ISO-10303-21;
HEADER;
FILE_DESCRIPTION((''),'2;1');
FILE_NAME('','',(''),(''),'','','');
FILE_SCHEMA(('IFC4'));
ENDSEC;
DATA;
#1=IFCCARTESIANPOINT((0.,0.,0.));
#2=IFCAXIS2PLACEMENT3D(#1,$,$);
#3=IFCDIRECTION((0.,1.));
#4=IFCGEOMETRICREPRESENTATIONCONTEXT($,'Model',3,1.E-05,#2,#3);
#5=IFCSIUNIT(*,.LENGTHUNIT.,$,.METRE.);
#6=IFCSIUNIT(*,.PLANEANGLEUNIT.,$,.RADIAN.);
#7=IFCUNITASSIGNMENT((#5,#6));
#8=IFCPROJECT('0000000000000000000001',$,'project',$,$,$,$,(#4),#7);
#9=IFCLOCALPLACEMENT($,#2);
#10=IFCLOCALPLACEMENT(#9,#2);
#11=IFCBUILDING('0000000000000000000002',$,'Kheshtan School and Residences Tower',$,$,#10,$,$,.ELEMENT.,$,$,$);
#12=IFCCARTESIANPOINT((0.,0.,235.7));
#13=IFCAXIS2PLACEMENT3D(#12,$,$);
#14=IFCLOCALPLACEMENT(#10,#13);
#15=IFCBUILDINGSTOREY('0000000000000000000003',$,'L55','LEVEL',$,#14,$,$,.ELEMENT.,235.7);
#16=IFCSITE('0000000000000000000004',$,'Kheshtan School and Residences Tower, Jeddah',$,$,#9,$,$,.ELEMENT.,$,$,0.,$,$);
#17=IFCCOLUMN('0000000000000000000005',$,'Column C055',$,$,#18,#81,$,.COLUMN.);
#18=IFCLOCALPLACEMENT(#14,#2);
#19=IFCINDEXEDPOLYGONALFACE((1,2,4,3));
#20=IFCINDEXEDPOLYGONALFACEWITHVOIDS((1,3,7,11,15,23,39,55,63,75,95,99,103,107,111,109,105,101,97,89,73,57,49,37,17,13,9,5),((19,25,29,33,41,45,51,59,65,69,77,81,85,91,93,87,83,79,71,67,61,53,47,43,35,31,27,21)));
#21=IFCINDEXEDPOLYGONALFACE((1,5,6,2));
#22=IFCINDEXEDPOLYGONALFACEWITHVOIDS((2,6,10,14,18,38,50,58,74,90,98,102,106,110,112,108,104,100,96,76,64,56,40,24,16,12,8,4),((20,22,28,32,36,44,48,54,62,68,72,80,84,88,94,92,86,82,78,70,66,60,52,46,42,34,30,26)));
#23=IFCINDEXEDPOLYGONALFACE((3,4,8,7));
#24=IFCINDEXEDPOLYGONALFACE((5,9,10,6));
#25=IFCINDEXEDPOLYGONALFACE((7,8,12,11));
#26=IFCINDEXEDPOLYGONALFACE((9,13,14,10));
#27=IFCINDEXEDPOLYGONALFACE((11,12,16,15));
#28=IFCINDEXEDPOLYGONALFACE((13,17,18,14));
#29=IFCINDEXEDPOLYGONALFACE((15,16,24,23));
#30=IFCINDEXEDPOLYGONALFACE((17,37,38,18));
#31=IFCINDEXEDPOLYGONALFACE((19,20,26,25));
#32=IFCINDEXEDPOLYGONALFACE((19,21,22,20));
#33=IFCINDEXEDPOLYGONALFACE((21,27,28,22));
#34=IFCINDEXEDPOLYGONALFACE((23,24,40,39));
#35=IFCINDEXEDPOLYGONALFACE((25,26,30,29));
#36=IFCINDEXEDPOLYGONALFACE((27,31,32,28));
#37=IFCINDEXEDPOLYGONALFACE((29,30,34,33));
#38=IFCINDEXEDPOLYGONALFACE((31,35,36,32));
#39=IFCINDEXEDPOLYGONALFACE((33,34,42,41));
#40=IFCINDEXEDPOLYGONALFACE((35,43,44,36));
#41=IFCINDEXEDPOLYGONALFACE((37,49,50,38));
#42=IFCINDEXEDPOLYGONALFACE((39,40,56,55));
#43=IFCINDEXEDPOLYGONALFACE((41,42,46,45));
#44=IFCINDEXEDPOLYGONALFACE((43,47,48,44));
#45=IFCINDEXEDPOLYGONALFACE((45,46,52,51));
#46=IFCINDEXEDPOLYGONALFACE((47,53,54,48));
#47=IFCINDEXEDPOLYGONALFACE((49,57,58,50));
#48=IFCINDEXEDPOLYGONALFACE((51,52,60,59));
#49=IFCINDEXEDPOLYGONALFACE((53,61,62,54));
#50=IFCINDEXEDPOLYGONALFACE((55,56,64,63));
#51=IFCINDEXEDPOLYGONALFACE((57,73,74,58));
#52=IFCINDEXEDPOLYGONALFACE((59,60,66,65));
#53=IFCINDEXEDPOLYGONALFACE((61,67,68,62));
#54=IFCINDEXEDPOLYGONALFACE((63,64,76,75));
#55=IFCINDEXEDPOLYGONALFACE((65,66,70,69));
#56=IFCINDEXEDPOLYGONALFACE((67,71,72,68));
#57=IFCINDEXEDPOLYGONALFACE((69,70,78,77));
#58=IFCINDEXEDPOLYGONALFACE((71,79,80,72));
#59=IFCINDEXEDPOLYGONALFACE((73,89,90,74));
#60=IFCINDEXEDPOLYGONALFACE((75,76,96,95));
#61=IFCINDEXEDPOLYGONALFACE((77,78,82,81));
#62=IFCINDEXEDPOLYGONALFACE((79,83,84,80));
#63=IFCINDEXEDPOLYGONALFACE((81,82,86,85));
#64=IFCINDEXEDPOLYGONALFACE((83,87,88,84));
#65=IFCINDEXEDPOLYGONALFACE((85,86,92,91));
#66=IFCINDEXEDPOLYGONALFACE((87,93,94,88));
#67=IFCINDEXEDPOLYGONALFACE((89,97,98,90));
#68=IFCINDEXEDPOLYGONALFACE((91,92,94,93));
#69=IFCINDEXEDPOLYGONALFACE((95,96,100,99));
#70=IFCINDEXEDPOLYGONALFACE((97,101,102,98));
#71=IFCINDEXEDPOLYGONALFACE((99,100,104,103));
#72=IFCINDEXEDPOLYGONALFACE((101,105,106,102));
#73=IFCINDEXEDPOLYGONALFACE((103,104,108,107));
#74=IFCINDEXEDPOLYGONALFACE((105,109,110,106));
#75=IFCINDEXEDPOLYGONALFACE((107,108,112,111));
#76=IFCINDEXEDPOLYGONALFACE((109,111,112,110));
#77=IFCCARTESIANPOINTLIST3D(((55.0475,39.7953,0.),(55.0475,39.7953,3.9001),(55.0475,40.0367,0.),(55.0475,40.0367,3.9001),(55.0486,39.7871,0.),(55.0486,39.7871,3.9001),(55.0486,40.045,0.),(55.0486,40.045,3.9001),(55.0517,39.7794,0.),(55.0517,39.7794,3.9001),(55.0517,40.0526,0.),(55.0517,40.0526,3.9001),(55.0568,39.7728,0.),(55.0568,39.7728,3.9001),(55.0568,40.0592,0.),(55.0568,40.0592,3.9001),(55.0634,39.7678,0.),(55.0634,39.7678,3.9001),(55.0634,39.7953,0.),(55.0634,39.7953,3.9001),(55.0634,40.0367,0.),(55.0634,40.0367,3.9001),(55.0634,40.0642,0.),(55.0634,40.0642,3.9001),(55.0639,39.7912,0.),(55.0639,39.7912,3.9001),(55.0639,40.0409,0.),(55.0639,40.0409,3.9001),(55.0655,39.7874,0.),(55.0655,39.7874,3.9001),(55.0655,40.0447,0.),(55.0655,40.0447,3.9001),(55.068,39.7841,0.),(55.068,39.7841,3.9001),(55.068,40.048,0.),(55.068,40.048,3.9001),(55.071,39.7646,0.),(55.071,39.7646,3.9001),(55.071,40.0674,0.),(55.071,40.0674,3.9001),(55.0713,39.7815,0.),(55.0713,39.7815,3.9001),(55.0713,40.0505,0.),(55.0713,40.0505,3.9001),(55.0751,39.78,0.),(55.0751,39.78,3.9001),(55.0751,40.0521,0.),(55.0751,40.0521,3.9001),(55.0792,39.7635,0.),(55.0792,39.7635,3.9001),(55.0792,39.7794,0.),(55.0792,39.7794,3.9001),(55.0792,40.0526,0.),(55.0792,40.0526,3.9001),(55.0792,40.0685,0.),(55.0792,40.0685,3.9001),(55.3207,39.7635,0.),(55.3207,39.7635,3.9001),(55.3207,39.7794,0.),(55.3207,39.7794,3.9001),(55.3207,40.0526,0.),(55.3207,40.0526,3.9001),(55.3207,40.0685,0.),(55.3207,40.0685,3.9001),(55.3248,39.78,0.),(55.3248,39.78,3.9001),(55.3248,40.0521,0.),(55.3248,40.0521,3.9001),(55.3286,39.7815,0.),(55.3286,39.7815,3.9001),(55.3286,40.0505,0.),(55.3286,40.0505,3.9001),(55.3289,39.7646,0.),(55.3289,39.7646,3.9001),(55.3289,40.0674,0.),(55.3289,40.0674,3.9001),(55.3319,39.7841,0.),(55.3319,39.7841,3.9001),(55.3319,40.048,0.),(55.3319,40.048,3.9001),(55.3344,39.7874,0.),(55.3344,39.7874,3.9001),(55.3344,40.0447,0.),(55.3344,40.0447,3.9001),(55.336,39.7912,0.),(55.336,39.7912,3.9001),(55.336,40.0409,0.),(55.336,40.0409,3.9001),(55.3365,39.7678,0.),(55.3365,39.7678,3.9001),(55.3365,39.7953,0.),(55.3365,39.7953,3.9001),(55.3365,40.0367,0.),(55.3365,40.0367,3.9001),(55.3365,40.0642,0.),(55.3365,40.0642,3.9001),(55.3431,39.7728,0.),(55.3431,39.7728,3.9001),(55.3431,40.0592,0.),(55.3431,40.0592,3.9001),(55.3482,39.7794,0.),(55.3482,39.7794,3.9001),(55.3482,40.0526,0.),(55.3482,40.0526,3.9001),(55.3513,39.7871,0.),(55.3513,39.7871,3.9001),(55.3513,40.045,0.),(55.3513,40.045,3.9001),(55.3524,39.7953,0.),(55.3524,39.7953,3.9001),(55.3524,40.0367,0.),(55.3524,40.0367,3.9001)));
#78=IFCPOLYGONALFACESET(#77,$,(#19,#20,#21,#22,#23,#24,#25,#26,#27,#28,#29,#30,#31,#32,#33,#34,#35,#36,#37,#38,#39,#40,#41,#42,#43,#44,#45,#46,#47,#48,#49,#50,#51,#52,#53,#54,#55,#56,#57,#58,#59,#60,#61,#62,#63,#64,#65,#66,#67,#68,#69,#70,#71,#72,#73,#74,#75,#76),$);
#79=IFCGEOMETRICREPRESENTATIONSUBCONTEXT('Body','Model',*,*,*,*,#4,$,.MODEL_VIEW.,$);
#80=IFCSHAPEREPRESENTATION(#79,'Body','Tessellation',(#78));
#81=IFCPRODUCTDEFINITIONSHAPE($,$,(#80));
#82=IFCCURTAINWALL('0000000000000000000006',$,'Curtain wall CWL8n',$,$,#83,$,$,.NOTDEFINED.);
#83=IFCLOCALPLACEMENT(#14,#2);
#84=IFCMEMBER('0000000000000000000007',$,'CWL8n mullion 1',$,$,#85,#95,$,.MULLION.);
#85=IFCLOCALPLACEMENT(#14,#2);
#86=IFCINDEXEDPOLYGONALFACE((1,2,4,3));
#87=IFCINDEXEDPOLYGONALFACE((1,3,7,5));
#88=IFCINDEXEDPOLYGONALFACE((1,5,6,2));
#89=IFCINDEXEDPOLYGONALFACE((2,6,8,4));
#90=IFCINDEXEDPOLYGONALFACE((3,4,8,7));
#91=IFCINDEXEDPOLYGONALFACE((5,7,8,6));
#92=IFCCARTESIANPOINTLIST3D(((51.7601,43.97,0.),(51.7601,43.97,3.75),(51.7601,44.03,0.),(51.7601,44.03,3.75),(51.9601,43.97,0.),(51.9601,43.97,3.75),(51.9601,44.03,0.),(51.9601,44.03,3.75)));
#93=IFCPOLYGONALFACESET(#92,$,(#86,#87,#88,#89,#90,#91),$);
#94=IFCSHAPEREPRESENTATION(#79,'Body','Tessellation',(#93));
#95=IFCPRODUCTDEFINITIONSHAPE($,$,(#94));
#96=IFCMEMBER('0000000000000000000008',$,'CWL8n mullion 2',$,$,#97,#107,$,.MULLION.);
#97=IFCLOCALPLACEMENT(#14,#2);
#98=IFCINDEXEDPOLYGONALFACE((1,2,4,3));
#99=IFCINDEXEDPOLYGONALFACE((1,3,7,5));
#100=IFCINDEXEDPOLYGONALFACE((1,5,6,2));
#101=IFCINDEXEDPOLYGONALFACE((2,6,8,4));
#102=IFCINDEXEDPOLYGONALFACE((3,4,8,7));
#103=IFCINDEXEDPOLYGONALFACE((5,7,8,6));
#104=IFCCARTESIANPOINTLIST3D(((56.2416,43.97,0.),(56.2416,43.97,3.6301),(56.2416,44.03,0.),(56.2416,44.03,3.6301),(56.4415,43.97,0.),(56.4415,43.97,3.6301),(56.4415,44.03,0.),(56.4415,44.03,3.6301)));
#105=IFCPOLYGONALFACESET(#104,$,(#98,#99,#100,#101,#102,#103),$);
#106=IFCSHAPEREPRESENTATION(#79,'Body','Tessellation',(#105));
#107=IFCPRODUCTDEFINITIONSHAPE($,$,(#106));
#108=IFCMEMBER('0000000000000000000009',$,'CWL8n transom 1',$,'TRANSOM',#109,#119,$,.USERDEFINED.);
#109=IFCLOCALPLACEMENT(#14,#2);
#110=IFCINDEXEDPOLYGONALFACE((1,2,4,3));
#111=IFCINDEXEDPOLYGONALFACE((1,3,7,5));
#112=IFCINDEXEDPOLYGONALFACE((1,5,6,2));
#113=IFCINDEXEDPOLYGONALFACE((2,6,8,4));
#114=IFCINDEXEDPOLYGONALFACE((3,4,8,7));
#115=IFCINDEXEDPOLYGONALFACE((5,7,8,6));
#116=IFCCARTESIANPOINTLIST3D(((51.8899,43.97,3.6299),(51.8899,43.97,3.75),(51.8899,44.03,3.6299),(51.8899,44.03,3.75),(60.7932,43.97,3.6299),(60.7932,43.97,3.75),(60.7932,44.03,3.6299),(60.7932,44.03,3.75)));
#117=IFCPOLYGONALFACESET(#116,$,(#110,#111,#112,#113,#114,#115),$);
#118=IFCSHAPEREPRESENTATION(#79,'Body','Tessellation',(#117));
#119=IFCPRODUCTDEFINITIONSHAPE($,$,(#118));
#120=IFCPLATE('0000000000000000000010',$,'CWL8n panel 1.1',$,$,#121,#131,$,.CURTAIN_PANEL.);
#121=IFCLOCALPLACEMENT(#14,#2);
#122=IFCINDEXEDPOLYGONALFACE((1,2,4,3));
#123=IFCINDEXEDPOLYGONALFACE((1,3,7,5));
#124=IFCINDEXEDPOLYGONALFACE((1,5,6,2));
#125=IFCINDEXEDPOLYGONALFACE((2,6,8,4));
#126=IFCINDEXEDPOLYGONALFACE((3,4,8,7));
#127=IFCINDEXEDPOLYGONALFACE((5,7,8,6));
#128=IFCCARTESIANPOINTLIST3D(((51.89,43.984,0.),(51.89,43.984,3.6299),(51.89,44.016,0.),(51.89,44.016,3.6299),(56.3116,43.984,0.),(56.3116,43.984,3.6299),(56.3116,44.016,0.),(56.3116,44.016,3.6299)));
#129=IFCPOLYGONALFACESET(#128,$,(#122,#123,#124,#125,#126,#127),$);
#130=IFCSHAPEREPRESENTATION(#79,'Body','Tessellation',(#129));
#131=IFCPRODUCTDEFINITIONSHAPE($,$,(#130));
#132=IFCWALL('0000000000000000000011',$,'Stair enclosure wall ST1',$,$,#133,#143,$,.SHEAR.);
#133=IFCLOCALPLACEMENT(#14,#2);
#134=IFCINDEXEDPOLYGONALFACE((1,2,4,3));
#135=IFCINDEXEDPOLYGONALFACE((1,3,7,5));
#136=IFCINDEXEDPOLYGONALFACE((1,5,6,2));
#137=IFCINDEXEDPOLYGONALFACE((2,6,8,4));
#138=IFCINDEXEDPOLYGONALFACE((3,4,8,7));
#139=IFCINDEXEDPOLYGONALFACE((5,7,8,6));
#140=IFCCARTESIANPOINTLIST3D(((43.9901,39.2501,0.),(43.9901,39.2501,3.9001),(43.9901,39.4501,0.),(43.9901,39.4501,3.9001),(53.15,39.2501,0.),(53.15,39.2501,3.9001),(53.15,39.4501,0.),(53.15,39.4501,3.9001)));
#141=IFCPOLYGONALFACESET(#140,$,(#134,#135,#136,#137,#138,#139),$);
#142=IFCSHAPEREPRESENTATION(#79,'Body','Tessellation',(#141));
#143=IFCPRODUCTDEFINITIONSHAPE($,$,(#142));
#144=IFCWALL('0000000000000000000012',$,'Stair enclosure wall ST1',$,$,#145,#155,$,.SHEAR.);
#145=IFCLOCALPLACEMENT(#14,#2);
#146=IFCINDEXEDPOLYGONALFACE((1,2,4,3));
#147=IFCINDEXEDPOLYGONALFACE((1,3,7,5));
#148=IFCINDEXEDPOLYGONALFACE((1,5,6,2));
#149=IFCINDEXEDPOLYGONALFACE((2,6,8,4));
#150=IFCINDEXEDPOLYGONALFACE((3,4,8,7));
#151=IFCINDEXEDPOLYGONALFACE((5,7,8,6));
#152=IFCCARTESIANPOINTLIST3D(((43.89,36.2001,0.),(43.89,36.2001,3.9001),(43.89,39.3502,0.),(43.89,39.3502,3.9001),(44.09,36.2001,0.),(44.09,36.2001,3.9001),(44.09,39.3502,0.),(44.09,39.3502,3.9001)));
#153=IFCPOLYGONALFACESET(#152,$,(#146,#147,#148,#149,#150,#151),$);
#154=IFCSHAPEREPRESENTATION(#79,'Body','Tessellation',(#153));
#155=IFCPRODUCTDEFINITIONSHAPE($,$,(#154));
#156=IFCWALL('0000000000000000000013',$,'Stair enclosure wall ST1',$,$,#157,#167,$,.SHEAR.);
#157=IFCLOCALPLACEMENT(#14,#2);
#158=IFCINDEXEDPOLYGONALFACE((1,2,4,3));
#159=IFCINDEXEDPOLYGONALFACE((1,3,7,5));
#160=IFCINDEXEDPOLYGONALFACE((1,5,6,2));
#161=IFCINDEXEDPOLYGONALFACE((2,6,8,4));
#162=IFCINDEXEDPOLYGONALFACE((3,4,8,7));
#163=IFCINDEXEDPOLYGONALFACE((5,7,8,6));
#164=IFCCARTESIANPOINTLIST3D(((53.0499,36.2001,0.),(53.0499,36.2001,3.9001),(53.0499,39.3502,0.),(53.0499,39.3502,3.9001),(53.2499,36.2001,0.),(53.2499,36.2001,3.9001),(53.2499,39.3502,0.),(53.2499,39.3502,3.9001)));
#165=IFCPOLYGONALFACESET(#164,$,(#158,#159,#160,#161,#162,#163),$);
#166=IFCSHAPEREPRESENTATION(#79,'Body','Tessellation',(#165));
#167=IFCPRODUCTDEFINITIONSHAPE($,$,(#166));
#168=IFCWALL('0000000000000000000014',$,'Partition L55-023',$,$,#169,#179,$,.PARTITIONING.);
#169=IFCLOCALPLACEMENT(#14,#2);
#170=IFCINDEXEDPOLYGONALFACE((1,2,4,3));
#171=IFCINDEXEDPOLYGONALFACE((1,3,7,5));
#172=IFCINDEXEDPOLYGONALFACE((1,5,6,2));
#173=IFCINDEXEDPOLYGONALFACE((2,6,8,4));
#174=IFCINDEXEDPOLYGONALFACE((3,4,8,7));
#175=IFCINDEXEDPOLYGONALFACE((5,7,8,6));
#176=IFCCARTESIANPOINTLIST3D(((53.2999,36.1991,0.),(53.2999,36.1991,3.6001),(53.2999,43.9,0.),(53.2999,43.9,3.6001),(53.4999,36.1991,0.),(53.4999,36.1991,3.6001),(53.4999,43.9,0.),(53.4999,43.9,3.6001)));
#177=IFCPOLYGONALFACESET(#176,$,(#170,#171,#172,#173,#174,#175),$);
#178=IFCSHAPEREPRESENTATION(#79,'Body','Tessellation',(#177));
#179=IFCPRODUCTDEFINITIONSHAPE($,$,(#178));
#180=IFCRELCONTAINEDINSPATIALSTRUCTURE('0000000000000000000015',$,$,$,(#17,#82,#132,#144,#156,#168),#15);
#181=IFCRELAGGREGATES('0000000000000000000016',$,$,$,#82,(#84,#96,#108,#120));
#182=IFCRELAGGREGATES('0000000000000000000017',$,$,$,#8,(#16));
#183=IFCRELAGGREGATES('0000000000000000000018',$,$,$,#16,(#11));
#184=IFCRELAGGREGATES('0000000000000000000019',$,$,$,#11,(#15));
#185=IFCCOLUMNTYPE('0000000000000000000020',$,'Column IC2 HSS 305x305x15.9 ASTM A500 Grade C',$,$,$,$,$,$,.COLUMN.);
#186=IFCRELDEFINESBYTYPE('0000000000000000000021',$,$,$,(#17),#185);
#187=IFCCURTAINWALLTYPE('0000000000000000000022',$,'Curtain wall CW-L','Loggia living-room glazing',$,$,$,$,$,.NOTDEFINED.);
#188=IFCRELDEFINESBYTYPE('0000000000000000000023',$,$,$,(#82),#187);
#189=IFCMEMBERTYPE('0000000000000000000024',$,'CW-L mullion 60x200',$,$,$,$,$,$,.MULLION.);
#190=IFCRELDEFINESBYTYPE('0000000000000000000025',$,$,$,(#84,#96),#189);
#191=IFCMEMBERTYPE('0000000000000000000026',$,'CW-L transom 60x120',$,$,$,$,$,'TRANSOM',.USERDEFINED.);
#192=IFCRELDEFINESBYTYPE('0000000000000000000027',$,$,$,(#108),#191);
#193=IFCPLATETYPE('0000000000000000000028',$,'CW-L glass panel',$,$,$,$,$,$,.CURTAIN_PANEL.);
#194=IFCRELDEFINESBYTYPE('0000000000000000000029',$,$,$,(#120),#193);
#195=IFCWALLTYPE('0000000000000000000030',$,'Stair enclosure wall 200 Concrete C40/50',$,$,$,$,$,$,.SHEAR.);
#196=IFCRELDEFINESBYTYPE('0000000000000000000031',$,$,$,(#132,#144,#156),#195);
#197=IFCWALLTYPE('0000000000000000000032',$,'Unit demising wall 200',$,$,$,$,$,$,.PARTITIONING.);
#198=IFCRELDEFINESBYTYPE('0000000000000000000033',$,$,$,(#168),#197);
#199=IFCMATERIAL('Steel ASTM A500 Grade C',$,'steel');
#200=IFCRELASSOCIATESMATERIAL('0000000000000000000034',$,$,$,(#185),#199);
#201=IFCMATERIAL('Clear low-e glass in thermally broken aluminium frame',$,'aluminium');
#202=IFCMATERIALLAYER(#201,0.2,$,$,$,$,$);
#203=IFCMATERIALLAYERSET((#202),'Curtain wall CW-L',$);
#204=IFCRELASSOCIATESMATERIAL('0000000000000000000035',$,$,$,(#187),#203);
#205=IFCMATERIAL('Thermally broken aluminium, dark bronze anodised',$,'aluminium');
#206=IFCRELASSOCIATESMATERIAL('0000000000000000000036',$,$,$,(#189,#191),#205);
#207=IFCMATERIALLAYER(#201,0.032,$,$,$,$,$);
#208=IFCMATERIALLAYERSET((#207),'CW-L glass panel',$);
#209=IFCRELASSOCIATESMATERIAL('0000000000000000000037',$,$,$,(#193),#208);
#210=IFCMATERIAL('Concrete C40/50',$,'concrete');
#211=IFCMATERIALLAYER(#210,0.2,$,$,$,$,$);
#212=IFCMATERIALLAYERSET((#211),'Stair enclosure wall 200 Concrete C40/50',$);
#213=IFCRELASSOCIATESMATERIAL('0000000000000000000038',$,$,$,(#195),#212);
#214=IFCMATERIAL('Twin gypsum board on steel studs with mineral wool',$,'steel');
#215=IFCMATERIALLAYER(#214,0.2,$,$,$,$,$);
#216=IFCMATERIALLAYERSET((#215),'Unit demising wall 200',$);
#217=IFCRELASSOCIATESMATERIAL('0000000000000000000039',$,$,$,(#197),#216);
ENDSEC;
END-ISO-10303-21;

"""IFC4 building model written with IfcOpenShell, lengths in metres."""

from ifc_helpers import new_model, si_unit, direction, frame, frame_2d, origin, origin_2d, place, context, subcontext, project, spatial, rectangle, hollow_rectangle, extrude, material, layer, layer_set, material_profile, profile_set, type_object, element, aggregate, save


model = new_model("IFC4")

# Units and contexts
model_context = context("Model", 3, precision=1e-05, world=origin(), true_north=direction((0.0, 1.0)))
body_context = subcontext(model_context, "Body", "Model", "MODEL_VIEW")
ifc_project = project(units=[si_unit("LENGTHUNIT", "METRE"), si_unit("PLANEANGLEUNIT", "RADIAN")], contexts=[model_context])

# Site, building, storey
site_placement = place(None, origin())
site = spatial("IfcSite", under=ifc_project, at=site_placement, Name="Kheshtan School and Residences Tower, Jeddah", CompositionType="ELEMENT", RefElevation=0.0)
building_placement = place(site_placement, origin())
building = spatial("IfcBuilding", under=site, at=building_placement, Name="Kheshtan School and Residences Tower", CompositionType="ELEMENT")
storey_placement = place(building_placement, frame((0.0, 0.0, 235.7)))
storey = spatial("IfcBuildingStorey", under=building, at=storey_placement, Name="L55", Description="LEVEL", CompositionType="ELEMENT", Elevation=235.7)

# Column
ifc_material_1 = material(Name="Steel ASTM A500 Grade C", Category="steel")
ifc_material_profile_1 = material_profile(ifc_material_1, hollow_rectangle(XDim=0.3049, YDim=0.3049, WallThickness=0.0159, InnerFilletRadius=0.0159, OuterFilletRadius=0.0317, at=origin_2d()), Name="HSS 305x305x15.9")
ifc_profile_set_1 = profile_set([ifc_material_profile_1], Name="Steel ASTM A500 Grade C")
column_type = type_object("IfcColumnType", Name="Column IC2 HSS 305x305x15.9 ASTM A500 Grade C", PredefinedType="COLUMN", material=ifc_profile_set_1)
column_placement = place(storey_placement, frame((55.2, 39.916, 0.0), z_axis=(0.0, 0.0, 1.0), x_axis=(1.0, 0.0, 0.0)))
element("IfcColumn", 1, at=column_placement, inside=storey, type_object=column_type, Name="Column C055", PredefinedType="COLUMN", context=body_context, shape_type="SweptSolid", body=[
    extrude(hollow_rectangle(XDim=0.3049, YDim=0.3049, WallThickness=0.0159, InnerFilletRadius=0.0159, OuterFilletRadius=0.0317, at=origin_2d()), origin(), (0.0, 0.0, 1.0), 3.9001),
])

# Curtain wall, members, plate
ifc_material_2 = material(Name="Clear low-e glass in thermally broken aluminium frame", Category="aluminium")
ifc_layer_1 = layer(ifc_material_2, 0.2)
ifc_layer_set_1 = layer_set([ifc_layer_1], Name="Curtain wall CW-L")
curtain_wall_type = type_object("IfcCurtainWallType", Name="Curtain wall CW-L", Description="Loggia living-room glazing", PredefinedType="NOTDEFINED", material=ifc_layer_set_1)
curtain_wall_placement = place(storey_placement, origin())
curtain_wall = element("IfcCurtainWall", 2, at=curtain_wall_placement, inside=storey, type_object=curtain_wall_type, Name="Curtain wall CWL8n", PredefinedType="NOTDEFINED")
ifc_material_3 = material(Name="Thermally broken aluminium, dark bronze anodised", Category="aluminium")
ifc_material_profile_2 = material_profile(ifc_material_3, rectangle(XDim=0.0601, YDim=0.2, at=origin_2d()), Name="CW-L mullion 60x200")
ifc_profile_set_2 = profile_set([ifc_material_profile_2], Name="Thermally broken aluminium, dark bronze anodised")
member_type_1 = type_object("IfcMemberType", Name="CW-L mullion 60x200", PredefinedType="MULLION", material=ifc_profile_set_2)
member_1_placement = place(storey_placement, frame((51.8601, 44.0, 0.0), z_axis=(0.0, 0.0, 1.0), x_axis=(0.0, 1.0, 0.0)))
member_1 = element("IfcMember", 3, at=member_1_placement, type_object=member_type_1, Name="CWL8n mullion 1", PredefinedType="MULLION", context=body_context, shape_type="SweptSolid", body=[
    extrude(rectangle(XDim=0.0601, YDim=0.2, at=origin_2d()), origin(), (0.0, 0.0, 1.0), 3.75),
])
member_2_placement = place(storey_placement, frame((56.3416, 44.0, 0.0), z_axis=(0.0, 0.0, 1.0), x_axis=(0.0, 1.0, 0.0)))
member_2 = element("IfcMember", 4, at=member_2_placement, type_object=member_type_1, Name="CWL8n mullion 2", PredefinedType="MULLION", context=body_context, shape_type="SweptSolid", body=[
    extrude(rectangle(XDim=0.0601, YDim=0.2, at=origin_2d()), origin(), (0.0, 0.0, 1.0), 3.6301),
])
ifc_material_profile_3 = material_profile(ifc_material_3, rectangle(XDim=0.0601, YDim=0.1201, at=origin_2d()), Name="CW-L transom 60x120")
ifc_profile_set_3 = profile_set([ifc_material_profile_3], Name="Thermally broken aluminium, dark bronze anodised")
member_type_2 = type_object("IfcMemberType", Name="CW-L transom 60x120", ElementType="TRANSOM", PredefinedType="USERDEFINED", material=ifc_profile_set_3)
member_3_placement = place(storey_placement, frame((51.8899, 44.0, 3.6899), z_axis=(1.0, 0.0, 0.0), x_axis=(0.0, 1.0, 0.0)))
member_3 = element("IfcMember", 5, at=member_3_placement, type_object=member_type_2, Name="CWL8n transom 1", ObjectType="TRANSOM", PredefinedType="USERDEFINED", context=body_context, shape_type="SweptSolid", body=[
    extrude(rectangle(XDim=0.0601, YDim=0.1201, at=origin_2d()), origin(), (0.0, 0.0, 1.0), 8.9033),
])
ifc_layer_2 = layer(ifc_material_2, 0.032)
ifc_layer_set_2 = layer_set([ifc_layer_2], Name="CW-L glass panel")
plate_type = type_object("IfcPlateType", Name="CW-L glass panel", PredefinedType="CURTAIN_PANEL", material=ifc_layer_set_2)
plate_placement = place(storey_placement, frame((54.1008, 44.0, 0.0), z_axis=(0.0, 0.0, 1.0), x_axis=(1.0, 0.0, 0.0)))
plate = element("IfcPlate", 6, at=plate_placement, type_object=plate_type, Name="CWL8n panel 1.1", PredefinedType="CURTAIN_PANEL", context=body_context, shape_type="SweptSolid", body=[
    extrude(rectangle(XDim=4.4216, YDim=0.032, at=origin_2d()), origin(), (0.0, 0.0, 1.0), 3.6299),
])
aggregate(curtain_wall, [member_1, member_2, member_3, plate])

# Walls
ifc_material_4 = material(Name="Concrete C40/50", Category="concrete")
ifc_layer_3 = layer(ifc_material_4, 0.2)
ifc_layer_set_3 = layer_set([ifc_layer_3], Name="Stair enclosure wall 200 Concrete C40/50")
wall_type_1 = type_object("IfcWallType", Name="Stair enclosure wall 200 Concrete C40/50", PredefinedType="SHEAR", material=ifc_layer_set_3)
wall_1_placement = place(storey_placement, frame((43.99, 39.3501, 0.0), z_axis=(0.0, 0.0, 1.0), x_axis=(1.0, 0.0, 0.0)))
element("IfcWall", 7, at=wall_1_placement, inside=storey, type_object=wall_type_1, Name="Stair enclosure wall ST1", PredefinedType="SHEAR", context=body_context, shape_type="SweptSolid", body=[
    extrude(rectangle(XDim=9.1599, YDim=0.2, at=frame_2d((4.5801, 0.0))), origin(), (0.0, 0.0, 1.0), 3.9001),
])
for number, where, z_axis, x_axis, name in (
    (8, (43.99, 36.2, 0.0), (0.0, 0.0, 1.0), (0.0, 1.0, 0.0), "Stair enclosure wall ST1"),
    (9, (53.1499, 36.2, 0.0), (0.0, 0.0, 1.0), (0.0, 1.0, 0.0), "Stair enclosure wall ST1"),
):
    element("IfcWall", number, at=place(storey_placement, frame(where, z_axis=z_axis, x_axis=x_axis)), inside=storey, type_object=wall_type_1, Name=name, PredefinedType="SHEAR", context=body_context, shape_type="SweptSolid", body=[
        extrude(rectangle(XDim=3.1501, YDim=0.2, at=frame_2d((1.5752, 0.0))), origin(), (0.0, 0.0, 1.0), 3.9001),
    ])
ifc_material_5 = material(Name="Twin gypsum board on steel studs with mineral wool", Category="steel")
ifc_layer_4 = layer(ifc_material_5, 0.2)
ifc_layer_set_4 = layer_set([ifc_layer_4], Name="Unit demising wall 200")
wall_type_2 = type_object("IfcWallType", Name="Unit demising wall 200", PredefinedType="PARTITIONING", material=ifc_layer_set_4)
wall_2_placement = place(storey_placement, frame((53.3999, 36.199, 0.0), z_axis=(0.0, 0.0, 1.0), x_axis=(0.0, 1.0, 0.0)))
element("IfcWall", 10, at=wall_2_placement, inside=storey, type_object=wall_type_2, Name="Partition L55-023", PredefinedType="PARTITIONING", context=body_context, shape_type="SweptSolid", body=[
    extrude(rectangle(XDim=7.7009, YDim=0.2, at=frame_2d((3.8506, 0.0))), origin(), (0.0, 0.0, 1.0), 3.6001),
])

save(model, "model.ifc")
